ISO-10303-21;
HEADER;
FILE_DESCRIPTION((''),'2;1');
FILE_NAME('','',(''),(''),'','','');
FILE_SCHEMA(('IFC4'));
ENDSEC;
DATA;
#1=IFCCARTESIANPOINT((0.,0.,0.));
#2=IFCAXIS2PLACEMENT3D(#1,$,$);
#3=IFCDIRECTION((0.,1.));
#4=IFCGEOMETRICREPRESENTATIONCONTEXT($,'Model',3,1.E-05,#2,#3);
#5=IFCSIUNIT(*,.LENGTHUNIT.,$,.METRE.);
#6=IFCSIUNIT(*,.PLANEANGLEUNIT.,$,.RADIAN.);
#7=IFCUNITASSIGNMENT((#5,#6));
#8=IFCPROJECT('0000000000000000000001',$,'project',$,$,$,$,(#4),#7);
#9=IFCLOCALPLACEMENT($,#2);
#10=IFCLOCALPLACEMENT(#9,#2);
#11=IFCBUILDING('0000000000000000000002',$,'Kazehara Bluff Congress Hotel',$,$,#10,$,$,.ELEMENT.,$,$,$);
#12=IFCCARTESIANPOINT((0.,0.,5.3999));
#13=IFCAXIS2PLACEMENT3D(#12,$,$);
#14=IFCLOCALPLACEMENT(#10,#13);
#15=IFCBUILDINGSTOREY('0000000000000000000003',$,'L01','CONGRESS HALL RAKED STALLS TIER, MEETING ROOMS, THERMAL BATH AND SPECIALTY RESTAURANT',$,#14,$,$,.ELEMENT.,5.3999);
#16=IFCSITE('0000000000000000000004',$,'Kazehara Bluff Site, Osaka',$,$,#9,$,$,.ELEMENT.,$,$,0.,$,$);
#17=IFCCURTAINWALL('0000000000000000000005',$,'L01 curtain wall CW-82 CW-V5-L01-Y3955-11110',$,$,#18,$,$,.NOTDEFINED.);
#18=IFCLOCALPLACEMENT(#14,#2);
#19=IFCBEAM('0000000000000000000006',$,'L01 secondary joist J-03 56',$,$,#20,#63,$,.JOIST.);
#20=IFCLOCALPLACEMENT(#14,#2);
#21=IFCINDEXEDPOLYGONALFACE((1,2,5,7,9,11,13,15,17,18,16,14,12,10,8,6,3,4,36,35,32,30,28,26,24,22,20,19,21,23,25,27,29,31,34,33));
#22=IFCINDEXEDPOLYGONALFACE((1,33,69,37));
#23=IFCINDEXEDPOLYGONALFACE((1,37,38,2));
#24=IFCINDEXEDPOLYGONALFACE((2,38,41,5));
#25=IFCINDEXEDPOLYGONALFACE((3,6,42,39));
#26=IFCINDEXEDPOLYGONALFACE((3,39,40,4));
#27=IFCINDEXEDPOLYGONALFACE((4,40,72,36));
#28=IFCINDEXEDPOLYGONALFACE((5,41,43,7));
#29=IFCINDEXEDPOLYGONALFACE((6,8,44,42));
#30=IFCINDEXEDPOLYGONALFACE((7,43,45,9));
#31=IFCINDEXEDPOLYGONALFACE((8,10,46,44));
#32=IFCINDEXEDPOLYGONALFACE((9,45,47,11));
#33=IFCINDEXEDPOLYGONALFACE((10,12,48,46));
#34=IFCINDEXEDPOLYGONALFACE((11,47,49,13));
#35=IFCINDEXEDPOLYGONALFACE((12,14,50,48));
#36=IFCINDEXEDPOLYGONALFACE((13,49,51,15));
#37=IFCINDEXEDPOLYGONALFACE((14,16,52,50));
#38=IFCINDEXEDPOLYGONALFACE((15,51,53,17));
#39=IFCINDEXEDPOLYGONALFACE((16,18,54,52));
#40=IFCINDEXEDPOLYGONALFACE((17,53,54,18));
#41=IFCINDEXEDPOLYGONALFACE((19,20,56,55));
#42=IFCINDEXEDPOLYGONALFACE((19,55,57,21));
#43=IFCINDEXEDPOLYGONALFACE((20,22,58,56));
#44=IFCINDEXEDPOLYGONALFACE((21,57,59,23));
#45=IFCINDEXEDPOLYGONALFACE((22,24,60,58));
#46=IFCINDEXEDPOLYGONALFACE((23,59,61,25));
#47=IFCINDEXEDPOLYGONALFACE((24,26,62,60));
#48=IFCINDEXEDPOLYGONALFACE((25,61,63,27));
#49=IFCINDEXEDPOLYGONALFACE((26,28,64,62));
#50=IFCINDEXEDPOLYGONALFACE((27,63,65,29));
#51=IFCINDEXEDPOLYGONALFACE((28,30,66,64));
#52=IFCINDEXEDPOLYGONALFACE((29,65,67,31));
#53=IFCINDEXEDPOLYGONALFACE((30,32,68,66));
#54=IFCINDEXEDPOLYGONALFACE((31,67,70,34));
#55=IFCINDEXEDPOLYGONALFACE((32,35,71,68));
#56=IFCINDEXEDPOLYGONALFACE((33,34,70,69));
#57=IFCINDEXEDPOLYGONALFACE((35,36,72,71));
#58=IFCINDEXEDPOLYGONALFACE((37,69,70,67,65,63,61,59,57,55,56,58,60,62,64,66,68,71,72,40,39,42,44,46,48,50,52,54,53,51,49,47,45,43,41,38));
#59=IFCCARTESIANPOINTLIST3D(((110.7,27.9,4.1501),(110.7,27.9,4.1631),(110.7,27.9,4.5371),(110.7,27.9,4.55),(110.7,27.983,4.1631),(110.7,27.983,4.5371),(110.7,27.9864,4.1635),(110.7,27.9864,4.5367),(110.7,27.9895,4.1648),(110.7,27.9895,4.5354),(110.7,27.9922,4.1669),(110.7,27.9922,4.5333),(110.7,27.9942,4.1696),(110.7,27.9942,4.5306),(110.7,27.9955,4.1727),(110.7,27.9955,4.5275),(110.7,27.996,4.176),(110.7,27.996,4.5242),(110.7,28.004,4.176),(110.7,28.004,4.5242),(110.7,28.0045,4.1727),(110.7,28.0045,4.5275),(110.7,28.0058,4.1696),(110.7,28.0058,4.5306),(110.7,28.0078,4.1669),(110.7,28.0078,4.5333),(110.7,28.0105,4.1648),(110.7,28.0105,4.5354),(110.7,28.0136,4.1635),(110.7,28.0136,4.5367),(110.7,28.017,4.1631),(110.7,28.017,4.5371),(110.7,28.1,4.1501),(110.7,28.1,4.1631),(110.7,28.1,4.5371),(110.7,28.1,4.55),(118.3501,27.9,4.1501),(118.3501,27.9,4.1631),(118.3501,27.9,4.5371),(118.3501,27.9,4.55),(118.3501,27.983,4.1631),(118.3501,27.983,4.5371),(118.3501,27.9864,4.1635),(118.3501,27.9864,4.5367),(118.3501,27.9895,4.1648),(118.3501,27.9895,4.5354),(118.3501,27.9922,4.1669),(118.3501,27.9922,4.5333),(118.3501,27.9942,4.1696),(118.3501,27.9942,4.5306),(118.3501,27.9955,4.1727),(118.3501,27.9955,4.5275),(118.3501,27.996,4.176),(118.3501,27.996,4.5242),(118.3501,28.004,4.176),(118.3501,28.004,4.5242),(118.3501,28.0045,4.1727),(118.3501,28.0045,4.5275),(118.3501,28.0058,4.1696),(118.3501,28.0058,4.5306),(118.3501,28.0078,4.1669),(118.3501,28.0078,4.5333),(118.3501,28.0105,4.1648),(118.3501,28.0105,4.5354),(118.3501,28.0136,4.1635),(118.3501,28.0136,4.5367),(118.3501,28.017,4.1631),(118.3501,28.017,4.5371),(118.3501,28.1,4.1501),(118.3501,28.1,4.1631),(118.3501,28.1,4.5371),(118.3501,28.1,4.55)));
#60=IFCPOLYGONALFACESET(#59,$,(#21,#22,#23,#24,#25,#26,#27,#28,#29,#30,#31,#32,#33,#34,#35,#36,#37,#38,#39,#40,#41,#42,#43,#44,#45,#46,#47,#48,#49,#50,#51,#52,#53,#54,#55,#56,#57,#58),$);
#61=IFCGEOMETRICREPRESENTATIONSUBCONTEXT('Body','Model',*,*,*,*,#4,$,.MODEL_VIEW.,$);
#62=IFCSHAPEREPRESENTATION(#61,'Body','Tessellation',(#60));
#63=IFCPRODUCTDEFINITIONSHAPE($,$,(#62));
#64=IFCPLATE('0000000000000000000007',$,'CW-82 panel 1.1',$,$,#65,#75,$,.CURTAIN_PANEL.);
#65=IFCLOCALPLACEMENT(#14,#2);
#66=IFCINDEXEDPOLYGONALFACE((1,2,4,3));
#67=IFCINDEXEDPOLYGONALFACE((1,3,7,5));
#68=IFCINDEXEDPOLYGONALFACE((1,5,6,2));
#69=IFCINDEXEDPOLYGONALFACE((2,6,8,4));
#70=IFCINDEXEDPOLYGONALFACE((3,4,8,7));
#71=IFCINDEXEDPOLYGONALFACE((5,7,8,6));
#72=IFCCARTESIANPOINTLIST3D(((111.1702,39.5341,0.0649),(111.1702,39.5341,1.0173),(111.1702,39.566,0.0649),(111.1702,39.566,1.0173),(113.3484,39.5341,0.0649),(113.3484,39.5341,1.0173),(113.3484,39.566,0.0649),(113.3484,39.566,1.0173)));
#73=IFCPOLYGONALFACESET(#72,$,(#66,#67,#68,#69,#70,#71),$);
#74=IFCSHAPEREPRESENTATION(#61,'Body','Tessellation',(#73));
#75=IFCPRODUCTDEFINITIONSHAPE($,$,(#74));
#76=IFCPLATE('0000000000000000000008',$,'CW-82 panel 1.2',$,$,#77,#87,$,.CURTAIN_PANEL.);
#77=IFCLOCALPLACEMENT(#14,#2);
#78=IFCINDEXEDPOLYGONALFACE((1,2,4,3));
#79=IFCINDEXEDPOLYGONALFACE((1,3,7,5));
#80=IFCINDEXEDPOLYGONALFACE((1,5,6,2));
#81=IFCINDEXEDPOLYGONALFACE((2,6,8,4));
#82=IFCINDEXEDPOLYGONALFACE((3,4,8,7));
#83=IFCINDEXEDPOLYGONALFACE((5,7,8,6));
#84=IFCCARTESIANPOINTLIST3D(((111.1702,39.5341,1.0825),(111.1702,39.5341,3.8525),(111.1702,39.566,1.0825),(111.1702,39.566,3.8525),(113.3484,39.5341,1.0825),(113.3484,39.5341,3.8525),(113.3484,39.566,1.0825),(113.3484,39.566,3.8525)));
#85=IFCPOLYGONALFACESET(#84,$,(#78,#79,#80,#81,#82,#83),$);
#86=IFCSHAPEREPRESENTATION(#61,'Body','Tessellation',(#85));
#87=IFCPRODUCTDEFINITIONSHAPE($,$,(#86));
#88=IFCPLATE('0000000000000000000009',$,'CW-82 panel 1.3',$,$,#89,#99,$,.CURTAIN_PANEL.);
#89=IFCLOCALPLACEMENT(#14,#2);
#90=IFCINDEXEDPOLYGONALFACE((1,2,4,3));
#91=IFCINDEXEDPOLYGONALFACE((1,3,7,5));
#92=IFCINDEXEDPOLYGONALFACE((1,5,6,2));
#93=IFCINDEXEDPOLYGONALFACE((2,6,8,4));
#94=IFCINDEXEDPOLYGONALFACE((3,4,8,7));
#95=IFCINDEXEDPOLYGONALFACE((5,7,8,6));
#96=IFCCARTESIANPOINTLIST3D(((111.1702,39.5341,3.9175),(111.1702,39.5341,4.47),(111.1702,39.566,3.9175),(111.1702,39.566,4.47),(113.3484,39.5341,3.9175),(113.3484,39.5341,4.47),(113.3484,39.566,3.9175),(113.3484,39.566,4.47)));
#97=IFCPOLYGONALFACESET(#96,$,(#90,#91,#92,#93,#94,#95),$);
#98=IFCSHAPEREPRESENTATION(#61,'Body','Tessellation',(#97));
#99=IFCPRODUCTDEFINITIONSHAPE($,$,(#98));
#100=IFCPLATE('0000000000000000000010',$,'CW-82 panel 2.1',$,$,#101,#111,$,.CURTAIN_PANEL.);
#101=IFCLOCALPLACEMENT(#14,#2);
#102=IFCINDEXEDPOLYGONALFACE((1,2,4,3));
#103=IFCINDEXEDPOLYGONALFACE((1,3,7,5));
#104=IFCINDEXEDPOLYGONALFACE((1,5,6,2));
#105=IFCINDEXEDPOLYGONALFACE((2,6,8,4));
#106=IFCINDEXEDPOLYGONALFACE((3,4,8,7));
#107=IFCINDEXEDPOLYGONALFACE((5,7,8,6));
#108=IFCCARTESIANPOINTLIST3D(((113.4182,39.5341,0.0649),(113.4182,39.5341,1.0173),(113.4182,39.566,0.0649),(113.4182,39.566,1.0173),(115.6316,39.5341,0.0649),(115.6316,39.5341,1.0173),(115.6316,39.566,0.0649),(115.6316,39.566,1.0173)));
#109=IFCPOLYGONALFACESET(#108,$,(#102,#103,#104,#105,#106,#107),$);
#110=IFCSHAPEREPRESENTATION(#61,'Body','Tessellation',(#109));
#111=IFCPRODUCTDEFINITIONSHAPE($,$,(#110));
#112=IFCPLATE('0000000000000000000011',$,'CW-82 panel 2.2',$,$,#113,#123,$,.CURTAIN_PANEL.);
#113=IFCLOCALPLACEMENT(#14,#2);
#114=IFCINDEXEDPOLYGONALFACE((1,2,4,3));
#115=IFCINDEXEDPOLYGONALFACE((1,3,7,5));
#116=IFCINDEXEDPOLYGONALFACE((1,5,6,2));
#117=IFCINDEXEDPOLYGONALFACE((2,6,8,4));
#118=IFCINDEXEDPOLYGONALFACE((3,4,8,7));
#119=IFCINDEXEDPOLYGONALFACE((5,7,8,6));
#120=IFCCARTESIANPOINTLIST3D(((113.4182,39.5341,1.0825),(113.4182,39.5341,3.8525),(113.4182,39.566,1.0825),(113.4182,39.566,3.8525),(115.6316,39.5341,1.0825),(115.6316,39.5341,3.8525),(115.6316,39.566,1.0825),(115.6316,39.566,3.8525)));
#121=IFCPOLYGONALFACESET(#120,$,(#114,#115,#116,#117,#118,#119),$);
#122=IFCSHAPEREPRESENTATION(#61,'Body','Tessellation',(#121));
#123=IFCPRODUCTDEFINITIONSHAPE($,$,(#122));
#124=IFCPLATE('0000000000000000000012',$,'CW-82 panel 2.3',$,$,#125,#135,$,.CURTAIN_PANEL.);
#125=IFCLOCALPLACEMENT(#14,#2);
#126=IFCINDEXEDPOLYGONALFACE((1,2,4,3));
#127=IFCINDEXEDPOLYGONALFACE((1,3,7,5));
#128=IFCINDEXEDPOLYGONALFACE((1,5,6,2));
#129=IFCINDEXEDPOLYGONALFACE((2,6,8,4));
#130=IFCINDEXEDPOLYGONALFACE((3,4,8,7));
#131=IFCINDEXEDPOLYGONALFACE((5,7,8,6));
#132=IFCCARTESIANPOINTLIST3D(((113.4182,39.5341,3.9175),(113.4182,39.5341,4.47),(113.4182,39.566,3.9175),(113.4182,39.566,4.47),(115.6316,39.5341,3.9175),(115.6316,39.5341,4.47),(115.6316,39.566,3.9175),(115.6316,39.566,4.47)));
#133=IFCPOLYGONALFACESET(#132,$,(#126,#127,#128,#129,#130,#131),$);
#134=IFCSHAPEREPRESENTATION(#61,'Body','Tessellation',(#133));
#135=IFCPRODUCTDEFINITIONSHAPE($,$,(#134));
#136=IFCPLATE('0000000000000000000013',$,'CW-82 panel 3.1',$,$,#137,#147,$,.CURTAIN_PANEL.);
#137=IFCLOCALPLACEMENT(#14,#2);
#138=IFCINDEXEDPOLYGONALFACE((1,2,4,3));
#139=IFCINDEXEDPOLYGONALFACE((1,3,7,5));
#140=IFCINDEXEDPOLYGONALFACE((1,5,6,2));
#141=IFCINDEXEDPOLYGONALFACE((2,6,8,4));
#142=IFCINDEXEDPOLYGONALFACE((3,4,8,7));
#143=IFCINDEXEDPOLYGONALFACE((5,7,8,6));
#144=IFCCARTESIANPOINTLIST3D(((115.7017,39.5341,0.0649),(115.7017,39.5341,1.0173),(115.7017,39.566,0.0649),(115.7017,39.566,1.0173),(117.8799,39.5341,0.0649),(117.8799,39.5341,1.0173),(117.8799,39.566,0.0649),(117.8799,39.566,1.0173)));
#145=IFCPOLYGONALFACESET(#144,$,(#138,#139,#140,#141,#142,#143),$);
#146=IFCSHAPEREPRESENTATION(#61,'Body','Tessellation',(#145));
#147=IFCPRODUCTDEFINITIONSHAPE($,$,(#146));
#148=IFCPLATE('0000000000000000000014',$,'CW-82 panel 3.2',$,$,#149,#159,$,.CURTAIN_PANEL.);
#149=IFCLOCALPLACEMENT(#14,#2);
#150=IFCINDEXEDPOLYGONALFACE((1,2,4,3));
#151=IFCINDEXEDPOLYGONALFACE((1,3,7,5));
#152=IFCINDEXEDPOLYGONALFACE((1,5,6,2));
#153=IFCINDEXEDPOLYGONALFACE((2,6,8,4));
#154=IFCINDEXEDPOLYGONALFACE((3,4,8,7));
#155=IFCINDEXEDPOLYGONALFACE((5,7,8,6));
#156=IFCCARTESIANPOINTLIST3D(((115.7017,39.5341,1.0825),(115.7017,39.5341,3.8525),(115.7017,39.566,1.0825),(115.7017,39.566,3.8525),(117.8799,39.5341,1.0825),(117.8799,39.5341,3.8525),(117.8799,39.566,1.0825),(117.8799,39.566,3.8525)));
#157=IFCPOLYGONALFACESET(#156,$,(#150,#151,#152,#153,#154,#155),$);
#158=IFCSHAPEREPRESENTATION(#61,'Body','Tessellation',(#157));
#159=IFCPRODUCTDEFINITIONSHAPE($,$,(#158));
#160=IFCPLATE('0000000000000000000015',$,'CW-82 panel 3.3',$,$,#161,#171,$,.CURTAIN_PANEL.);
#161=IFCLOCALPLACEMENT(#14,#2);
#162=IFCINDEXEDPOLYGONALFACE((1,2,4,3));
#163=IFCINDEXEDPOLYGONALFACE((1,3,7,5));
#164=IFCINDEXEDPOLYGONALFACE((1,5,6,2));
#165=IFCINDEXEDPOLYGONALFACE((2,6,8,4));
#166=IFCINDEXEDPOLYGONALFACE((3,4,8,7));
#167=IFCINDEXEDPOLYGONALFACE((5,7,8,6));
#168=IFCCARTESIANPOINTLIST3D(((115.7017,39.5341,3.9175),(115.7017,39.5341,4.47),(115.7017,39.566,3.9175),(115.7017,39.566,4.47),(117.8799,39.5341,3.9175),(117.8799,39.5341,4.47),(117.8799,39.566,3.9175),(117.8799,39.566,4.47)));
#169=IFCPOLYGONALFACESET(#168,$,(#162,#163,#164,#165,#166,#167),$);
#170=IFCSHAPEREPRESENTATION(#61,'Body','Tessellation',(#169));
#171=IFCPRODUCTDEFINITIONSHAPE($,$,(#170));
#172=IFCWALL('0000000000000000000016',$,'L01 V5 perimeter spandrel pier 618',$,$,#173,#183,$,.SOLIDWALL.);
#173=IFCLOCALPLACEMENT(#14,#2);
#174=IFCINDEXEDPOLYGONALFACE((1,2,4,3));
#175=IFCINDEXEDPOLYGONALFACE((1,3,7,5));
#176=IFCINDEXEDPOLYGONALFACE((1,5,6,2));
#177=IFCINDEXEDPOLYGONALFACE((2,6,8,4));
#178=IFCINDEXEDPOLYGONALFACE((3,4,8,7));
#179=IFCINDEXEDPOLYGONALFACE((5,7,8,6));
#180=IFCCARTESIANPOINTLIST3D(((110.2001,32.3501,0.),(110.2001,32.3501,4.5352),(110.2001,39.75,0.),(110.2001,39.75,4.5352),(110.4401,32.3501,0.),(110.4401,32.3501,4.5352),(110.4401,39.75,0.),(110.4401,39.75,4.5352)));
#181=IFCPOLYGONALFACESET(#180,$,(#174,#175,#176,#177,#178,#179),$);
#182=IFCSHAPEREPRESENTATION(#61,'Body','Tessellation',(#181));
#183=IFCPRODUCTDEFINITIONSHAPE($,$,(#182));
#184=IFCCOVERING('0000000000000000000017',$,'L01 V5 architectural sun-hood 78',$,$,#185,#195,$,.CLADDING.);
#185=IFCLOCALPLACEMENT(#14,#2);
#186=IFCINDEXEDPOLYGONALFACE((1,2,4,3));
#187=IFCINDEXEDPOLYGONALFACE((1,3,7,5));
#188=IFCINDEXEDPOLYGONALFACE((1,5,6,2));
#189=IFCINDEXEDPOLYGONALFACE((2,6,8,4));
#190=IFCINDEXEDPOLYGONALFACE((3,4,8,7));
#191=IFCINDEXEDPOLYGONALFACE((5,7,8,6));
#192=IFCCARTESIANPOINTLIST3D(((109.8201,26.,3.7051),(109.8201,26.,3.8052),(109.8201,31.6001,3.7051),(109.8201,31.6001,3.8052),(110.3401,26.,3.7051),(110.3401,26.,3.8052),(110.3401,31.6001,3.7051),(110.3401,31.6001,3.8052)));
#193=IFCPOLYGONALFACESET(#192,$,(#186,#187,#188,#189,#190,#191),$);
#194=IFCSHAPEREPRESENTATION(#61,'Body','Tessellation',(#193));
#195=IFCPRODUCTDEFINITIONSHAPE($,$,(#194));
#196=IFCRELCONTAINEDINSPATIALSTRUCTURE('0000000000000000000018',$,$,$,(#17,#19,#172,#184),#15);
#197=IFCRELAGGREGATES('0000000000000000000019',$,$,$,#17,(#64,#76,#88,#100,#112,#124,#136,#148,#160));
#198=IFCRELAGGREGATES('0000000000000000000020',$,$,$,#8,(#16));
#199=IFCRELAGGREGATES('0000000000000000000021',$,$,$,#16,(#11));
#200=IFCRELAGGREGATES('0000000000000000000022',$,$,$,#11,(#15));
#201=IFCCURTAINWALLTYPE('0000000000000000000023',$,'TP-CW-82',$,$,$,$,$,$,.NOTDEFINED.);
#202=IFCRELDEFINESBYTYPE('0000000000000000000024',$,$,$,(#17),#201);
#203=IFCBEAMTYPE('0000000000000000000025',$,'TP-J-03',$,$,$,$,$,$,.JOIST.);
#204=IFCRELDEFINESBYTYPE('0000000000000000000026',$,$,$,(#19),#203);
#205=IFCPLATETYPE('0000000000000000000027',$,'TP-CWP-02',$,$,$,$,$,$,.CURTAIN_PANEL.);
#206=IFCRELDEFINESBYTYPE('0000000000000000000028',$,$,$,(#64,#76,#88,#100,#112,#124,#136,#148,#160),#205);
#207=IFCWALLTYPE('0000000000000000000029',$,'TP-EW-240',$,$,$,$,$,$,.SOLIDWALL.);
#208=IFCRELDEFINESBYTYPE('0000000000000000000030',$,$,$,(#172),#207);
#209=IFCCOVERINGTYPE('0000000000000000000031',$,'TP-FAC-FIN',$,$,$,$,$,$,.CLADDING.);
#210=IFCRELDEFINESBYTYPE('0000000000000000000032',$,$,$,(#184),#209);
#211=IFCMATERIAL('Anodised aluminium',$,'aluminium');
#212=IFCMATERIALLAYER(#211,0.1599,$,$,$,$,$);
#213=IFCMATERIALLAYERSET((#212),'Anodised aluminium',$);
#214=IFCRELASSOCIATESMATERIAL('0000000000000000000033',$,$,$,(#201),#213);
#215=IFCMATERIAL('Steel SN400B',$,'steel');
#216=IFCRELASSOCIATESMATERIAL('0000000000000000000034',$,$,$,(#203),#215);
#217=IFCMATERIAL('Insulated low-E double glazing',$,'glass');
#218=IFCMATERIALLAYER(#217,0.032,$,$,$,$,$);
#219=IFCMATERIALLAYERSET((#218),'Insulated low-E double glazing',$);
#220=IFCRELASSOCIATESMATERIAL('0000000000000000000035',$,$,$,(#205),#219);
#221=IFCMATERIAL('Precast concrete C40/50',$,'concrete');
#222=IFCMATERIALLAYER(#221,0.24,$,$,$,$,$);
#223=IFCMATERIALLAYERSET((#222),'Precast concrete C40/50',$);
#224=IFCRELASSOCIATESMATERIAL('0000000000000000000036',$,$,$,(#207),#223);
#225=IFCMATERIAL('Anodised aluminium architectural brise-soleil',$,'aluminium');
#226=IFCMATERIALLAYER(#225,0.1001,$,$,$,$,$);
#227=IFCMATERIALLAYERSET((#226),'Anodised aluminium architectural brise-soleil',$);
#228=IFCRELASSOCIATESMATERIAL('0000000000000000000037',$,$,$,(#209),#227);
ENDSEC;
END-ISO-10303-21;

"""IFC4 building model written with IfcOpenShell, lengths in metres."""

from ifc_helpers import new_model, si_unit, direction, frame, frame_2d, origin, origin_2d, place, context, subcontext, project, spatial, rectangle, i_section, extrude, material, layer, layer_set, material_profile, profile_set, type_object, element, aggregate, save


model = new_model("IFC4")

# Units and contexts
model_context = context("Model", 3, precision=1e-05, world=origin(), true_north=direction((0.0, 1.0)))
body_context = subcontext(model_context, "Body", "Model", "MODEL_VIEW")
ifc_project = project(units=[si_unit("LENGTHUNIT", "METRE"), si_unit("PLANEANGLEUNIT", "RADIAN")], contexts=[model_context])

# Site, building, storey
site_placement = place(None, origin())
site = spatial("IfcSite", under=ifc_project, at=site_placement, Name="Kazehara Bluff Site, Osaka", CompositionType="ELEMENT", RefElevation=0.0)
building_placement = place(site_placement, origin())
building = spatial("IfcBuilding", under=site, at=building_placement, Name="Kazehara Bluff Congress Hotel", CompositionType="ELEMENT")
storey_placement = place(building_placement, frame((0.0, 0.0, 5.3999)))
storey = spatial("IfcBuildingStorey", under=building, at=storey_placement, Name="L01", Description="CONGRESS HALL RAKED STALLS TIER, MEETING ROOMS, THERMAL BATH AND SPECIALTY RESTAURANT", CompositionType="ELEMENT", Elevation=5.3999)

# Curtain wall
ifc_material_1 = material(Name="Anodised aluminium", Category="aluminium")
ifc_layer_1 = layer(ifc_material_1, 0.1599)
ifc_layer_set_1 = layer_set([ifc_layer_1], Name="Anodised aluminium")
curtain_wall_type = type_object("IfcCurtainWallType", Name="TP-CW-82", PredefinedType="NOTDEFINED", material=ifc_layer_set_1)
curtain_wall_placement = place(storey_placement, origin())
curtain_wall = element("IfcCurtainWall", 1, at=curtain_wall_placement, inside=storey, type_object=curtain_wall_type, Name="L01 curtain wall CW-82 CW-V5-L01-Y3955-11110", PredefinedType="NOTDEFINED")

# Beam
ifc_material_2 = material(Name="Steel SN400B", Category="steel")
ifc_material_profile_1 = material_profile(ifc_material_2, i_section(OverallWidth=0.2, OverallDepth=0.3999, WebThickness=0.0081, FlangeThickness=0.0129, FilletRadius=0.0129, at=origin_2d()))
ifc_profile_set_1 = profile_set([ifc_material_profile_1], Name="Steel SN400B")
beam_type_1 = type_object("IfcBeamType", Name="TP-J-03", PredefinedType="JOIST", material=ifc_profile_set_1)
beam_1_placement = place(storey_placement, frame((110.7, 28.0, 4.3501), z_axis=(1.0, 0.0, 0.0), x_axis=(0.0, 1.0, 0.0)))
element("IfcBeam", 2, at=beam_1_placement, inside=storey, type_object=beam_type_1, Name="L01 secondary joist J-03 56", PredefinedType="JOIST", context=body_context, shape_type="SweptSolid", body=[
    extrude(i_section(OverallWidth=0.2, OverallDepth=0.3999, WebThickness=0.0081, FlangeThickness=0.0129, FilletRadius=0.0129, at=origin_2d()), origin(), (0.0, 0.0, 1.0), 7.6501),
])

# Plates
ifc_material_3 = material(Name="Insulated low-E double glazing", Category="glass")
ifc_layer_2 = layer(ifc_material_3, 0.032)
ifc_layer_set_2 = layer_set([ifc_layer_2], Name="Insulated low-E double glazing")
plate_type = type_object("IfcPlateType", Name="TP-CWP-02", PredefinedType="CURTAIN_PANEL", material=ifc_layer_set_2)
plate_1_placement = place(storey_placement, frame((112.2593, 39.55, 0.0649), z_axis=(0.0, 0.0, 1.0), x_axis=(1.0, 0.0, 0.0)))
plate_1 = element("IfcPlate", 3, at=plate_1_placement, type_object=plate_type, Name="CW-82 panel 1.1", PredefinedType="CURTAIN_PANEL", context=body_context, shape_type="SweptSolid", body=[
    extrude(rectangle(XDim=2.1782, YDim=0.032, at=origin_2d()), origin(), (0.0, 0.0, 1.0), 0.9524),
])
plate_2_placement = place(storey_placement, frame((112.2593, 39.55, 1.0825), z_axis=(0.0, 0.0, 1.0), x_axis=(1.0, 0.0, 0.0)))
plate_2 = element("IfcPlate", 4, at=plate_2_placement, type_object=plate_type, Name="CW-82 panel 1.2", PredefinedType="CURTAIN_PANEL", context=body_context, shape_type="SweptSolid", body=[
    extrude(rectangle(XDim=2.1782, YDim=0.032, at=origin_2d()), origin(), (0.0, 0.0, 1.0), 2.77),
])
plate_3_placement = place(storey_placement, frame((112.2593, 39.55, 3.9175), z_axis=(0.0, 0.0, 1.0), x_axis=(1.0, 0.0, 0.0)))
plate_3 = element("IfcPlate", 5, at=plate_3_placement, type_object=plate_type, Name="CW-82 panel 1.3", PredefinedType="CURTAIN_PANEL", context=body_context, shape_type="SweptSolid", body=[
    extrude(rectangle(XDim=2.1782, YDim=0.032, at=origin_2d()), origin(), (0.0, 0.0, 1.0), 0.5525),
])
plate_4_placement = place(storey_placement, frame((114.5249, 39.55, 0.0649), z_axis=(0.0, 0.0, 1.0), x_axis=(1.0, 0.0, 0.0)))
plate_4 = element("IfcPlate", 6, at=plate_4_placement, type_object=plate_type, Name="CW-82 panel 2.1", PredefinedType="CURTAIN_PANEL", context=body_context, shape_type="SweptSolid", body=[
    extrude(rectangle(XDim=2.2134, YDim=0.032, at=origin_2d()), origin(), (0.0, 0.0, 1.0), 0.9524),
])
plate_5_placement = place(storey_placement, frame((114.5249, 39.55, 1.0825), z_axis=(0.0, 0.0, 1.0), x_axis=(1.0, 0.0, 0.0)))
plate_5 = element("IfcPlate", 7, at=plate_5_placement, type_object=plate_type, Name="CW-82 panel 2.2", PredefinedType="CURTAIN_PANEL", context=body_context, shape_type="SweptSolid", body=[
    extrude(rectangle(XDim=2.2134, YDim=0.032, at=origin_2d()), origin(), (0.0, 0.0, 1.0), 2.77),
])
plate_6_placement = place(storey_placement, frame((114.5249, 39.55, 3.9175), z_axis=(0.0, 0.0, 1.0), x_axis=(1.0, 0.0, 0.0)))
plate_6 = element("IfcPlate", 8, at=plate_6_placement, type_object=plate_type, Name="CW-82 panel 2.3", PredefinedType="CURTAIN_PANEL", context=body_context, shape_type="SweptSolid", body=[
    extrude(rectangle(XDim=2.2134, YDim=0.032, at=origin_2d()), origin(), (0.0, 0.0, 1.0), 0.5525),
])
plate_7_placement = place(storey_placement, frame((116.7908, 39.55, 0.0649), z_axis=(0.0, 0.0, 1.0), x_axis=(1.0, 0.0, 0.0)))
plate_7 = element("IfcPlate", 9, at=plate_7_placement, type_object=plate_type, Name="CW-82 panel 3.1", PredefinedType="CURTAIN_PANEL", context=body_context, shape_type="SweptSolid", body=[
    extrude(rectangle(XDim=2.1782, YDim=0.032, at=origin_2d()), origin(), (0.0, 0.0, 1.0), 0.9524),
])
plate_8_placement = place(storey_placement, frame((116.7908, 39.55, 1.0825), z_axis=(0.0, 0.0, 1.0), x_axis=(1.0, 0.0, 0.0)))
plate_8 = element("IfcPlate", 10, at=plate_8_placement, type_object=plate_type, Name="CW-82 panel 3.2", PredefinedType="CURTAIN_PANEL", context=body_context, shape_type="SweptSolid", body=[
    extrude(rectangle(XDim=2.1782, YDim=0.032, at=origin_2d()), origin(), (0.0, 0.0, 1.0), 2.77),
])
plate_9_placement = place(storey_placement, frame((116.7908, 39.55, 3.9175), z_axis=(0.0, 0.0, 1.0), x_axis=(1.0, 0.0, 0.0)))
plate_9 = element("IfcPlate", 11, at=plate_9_placement, type_object=plate_type, Name="CW-82 panel 3.3", PredefinedType="CURTAIN_PANEL", context=body_context, shape_type="SweptSolid", body=[
    extrude(rectangle(XDim=2.1782, YDim=0.032, at=origin_2d()), origin(), (0.0, 0.0, 1.0), 0.5525),
])
aggregate(curtain_wall, [plate_1, plate_2, plate_3, plate_4, plate_5, plate_6, plate_7, plate_8, plate_9])

# Wall
ifc_material_4 = material(Name="Precast concrete C40/50", Category="concrete")
ifc_layer_3 = layer(ifc_material_4, 0.24)
ifc_layer_set_3 = layer_set([ifc_layer_3], Name="Precast concrete C40/50")
wall_type = type_object("IfcWallType", Name="TP-EW-240", PredefinedType="SOLIDWALL", material=ifc_layer_set_3)
wall_placement = place(storey_placement, frame((110.3201, 32.3501, 0.0), z_axis=(0.0, 0.0, 1.0), x_axis=(0.0, 1.0, 0.0)))
element("IfcWall", 12, at=wall_placement, inside=storey, type_object=wall_type, Name="L01 V5 perimeter spandrel pier 618", PredefinedType="SOLIDWALL", context=body_context, shape_type="SweptSolid", body=[
    extrude(rectangle(XDim=7.3999, YDim=0.24, at=frame_2d((3.7, 0.0))), origin(), (0.0, 0.0, 1.0), 4.5352),
])

# Covering
ifc_material_5 = material(Name="Anodised aluminium architectural brise-soleil", Category="aluminium")
ifc_layer_4 = layer(ifc_material_5, 0.1001)
ifc_layer_set_4 = layer_set([ifc_layer_4], Name="Anodised aluminium architectural brise-soleil")
covering_type = type_object("IfcCoveringType", Name="TP-FAC-FIN", PredefinedType="CLADDING", material=ifc_layer_set_4)
covering_1_placement = place(storey_placement, frame((110.0801, 28.8, 3.7051), z_axis=(0.0, 0.0, 1.0), x_axis=(1.0, 0.0, 0.0)))
element("IfcCovering", 13, at=covering_1_placement, inside=storey, type_object=covering_type, Name="L01 V5 architectural sun-hood 78", PredefinedType="CLADDING", context=body_context, shape_type="SweptSolid", body=[
    extrude(rectangle(XDim=0.52, YDim=5.6001, at=origin_2d()), origin(), (0.0, 0.0, 1.0), 0.1001),
])

save(model, "model.ifc")
